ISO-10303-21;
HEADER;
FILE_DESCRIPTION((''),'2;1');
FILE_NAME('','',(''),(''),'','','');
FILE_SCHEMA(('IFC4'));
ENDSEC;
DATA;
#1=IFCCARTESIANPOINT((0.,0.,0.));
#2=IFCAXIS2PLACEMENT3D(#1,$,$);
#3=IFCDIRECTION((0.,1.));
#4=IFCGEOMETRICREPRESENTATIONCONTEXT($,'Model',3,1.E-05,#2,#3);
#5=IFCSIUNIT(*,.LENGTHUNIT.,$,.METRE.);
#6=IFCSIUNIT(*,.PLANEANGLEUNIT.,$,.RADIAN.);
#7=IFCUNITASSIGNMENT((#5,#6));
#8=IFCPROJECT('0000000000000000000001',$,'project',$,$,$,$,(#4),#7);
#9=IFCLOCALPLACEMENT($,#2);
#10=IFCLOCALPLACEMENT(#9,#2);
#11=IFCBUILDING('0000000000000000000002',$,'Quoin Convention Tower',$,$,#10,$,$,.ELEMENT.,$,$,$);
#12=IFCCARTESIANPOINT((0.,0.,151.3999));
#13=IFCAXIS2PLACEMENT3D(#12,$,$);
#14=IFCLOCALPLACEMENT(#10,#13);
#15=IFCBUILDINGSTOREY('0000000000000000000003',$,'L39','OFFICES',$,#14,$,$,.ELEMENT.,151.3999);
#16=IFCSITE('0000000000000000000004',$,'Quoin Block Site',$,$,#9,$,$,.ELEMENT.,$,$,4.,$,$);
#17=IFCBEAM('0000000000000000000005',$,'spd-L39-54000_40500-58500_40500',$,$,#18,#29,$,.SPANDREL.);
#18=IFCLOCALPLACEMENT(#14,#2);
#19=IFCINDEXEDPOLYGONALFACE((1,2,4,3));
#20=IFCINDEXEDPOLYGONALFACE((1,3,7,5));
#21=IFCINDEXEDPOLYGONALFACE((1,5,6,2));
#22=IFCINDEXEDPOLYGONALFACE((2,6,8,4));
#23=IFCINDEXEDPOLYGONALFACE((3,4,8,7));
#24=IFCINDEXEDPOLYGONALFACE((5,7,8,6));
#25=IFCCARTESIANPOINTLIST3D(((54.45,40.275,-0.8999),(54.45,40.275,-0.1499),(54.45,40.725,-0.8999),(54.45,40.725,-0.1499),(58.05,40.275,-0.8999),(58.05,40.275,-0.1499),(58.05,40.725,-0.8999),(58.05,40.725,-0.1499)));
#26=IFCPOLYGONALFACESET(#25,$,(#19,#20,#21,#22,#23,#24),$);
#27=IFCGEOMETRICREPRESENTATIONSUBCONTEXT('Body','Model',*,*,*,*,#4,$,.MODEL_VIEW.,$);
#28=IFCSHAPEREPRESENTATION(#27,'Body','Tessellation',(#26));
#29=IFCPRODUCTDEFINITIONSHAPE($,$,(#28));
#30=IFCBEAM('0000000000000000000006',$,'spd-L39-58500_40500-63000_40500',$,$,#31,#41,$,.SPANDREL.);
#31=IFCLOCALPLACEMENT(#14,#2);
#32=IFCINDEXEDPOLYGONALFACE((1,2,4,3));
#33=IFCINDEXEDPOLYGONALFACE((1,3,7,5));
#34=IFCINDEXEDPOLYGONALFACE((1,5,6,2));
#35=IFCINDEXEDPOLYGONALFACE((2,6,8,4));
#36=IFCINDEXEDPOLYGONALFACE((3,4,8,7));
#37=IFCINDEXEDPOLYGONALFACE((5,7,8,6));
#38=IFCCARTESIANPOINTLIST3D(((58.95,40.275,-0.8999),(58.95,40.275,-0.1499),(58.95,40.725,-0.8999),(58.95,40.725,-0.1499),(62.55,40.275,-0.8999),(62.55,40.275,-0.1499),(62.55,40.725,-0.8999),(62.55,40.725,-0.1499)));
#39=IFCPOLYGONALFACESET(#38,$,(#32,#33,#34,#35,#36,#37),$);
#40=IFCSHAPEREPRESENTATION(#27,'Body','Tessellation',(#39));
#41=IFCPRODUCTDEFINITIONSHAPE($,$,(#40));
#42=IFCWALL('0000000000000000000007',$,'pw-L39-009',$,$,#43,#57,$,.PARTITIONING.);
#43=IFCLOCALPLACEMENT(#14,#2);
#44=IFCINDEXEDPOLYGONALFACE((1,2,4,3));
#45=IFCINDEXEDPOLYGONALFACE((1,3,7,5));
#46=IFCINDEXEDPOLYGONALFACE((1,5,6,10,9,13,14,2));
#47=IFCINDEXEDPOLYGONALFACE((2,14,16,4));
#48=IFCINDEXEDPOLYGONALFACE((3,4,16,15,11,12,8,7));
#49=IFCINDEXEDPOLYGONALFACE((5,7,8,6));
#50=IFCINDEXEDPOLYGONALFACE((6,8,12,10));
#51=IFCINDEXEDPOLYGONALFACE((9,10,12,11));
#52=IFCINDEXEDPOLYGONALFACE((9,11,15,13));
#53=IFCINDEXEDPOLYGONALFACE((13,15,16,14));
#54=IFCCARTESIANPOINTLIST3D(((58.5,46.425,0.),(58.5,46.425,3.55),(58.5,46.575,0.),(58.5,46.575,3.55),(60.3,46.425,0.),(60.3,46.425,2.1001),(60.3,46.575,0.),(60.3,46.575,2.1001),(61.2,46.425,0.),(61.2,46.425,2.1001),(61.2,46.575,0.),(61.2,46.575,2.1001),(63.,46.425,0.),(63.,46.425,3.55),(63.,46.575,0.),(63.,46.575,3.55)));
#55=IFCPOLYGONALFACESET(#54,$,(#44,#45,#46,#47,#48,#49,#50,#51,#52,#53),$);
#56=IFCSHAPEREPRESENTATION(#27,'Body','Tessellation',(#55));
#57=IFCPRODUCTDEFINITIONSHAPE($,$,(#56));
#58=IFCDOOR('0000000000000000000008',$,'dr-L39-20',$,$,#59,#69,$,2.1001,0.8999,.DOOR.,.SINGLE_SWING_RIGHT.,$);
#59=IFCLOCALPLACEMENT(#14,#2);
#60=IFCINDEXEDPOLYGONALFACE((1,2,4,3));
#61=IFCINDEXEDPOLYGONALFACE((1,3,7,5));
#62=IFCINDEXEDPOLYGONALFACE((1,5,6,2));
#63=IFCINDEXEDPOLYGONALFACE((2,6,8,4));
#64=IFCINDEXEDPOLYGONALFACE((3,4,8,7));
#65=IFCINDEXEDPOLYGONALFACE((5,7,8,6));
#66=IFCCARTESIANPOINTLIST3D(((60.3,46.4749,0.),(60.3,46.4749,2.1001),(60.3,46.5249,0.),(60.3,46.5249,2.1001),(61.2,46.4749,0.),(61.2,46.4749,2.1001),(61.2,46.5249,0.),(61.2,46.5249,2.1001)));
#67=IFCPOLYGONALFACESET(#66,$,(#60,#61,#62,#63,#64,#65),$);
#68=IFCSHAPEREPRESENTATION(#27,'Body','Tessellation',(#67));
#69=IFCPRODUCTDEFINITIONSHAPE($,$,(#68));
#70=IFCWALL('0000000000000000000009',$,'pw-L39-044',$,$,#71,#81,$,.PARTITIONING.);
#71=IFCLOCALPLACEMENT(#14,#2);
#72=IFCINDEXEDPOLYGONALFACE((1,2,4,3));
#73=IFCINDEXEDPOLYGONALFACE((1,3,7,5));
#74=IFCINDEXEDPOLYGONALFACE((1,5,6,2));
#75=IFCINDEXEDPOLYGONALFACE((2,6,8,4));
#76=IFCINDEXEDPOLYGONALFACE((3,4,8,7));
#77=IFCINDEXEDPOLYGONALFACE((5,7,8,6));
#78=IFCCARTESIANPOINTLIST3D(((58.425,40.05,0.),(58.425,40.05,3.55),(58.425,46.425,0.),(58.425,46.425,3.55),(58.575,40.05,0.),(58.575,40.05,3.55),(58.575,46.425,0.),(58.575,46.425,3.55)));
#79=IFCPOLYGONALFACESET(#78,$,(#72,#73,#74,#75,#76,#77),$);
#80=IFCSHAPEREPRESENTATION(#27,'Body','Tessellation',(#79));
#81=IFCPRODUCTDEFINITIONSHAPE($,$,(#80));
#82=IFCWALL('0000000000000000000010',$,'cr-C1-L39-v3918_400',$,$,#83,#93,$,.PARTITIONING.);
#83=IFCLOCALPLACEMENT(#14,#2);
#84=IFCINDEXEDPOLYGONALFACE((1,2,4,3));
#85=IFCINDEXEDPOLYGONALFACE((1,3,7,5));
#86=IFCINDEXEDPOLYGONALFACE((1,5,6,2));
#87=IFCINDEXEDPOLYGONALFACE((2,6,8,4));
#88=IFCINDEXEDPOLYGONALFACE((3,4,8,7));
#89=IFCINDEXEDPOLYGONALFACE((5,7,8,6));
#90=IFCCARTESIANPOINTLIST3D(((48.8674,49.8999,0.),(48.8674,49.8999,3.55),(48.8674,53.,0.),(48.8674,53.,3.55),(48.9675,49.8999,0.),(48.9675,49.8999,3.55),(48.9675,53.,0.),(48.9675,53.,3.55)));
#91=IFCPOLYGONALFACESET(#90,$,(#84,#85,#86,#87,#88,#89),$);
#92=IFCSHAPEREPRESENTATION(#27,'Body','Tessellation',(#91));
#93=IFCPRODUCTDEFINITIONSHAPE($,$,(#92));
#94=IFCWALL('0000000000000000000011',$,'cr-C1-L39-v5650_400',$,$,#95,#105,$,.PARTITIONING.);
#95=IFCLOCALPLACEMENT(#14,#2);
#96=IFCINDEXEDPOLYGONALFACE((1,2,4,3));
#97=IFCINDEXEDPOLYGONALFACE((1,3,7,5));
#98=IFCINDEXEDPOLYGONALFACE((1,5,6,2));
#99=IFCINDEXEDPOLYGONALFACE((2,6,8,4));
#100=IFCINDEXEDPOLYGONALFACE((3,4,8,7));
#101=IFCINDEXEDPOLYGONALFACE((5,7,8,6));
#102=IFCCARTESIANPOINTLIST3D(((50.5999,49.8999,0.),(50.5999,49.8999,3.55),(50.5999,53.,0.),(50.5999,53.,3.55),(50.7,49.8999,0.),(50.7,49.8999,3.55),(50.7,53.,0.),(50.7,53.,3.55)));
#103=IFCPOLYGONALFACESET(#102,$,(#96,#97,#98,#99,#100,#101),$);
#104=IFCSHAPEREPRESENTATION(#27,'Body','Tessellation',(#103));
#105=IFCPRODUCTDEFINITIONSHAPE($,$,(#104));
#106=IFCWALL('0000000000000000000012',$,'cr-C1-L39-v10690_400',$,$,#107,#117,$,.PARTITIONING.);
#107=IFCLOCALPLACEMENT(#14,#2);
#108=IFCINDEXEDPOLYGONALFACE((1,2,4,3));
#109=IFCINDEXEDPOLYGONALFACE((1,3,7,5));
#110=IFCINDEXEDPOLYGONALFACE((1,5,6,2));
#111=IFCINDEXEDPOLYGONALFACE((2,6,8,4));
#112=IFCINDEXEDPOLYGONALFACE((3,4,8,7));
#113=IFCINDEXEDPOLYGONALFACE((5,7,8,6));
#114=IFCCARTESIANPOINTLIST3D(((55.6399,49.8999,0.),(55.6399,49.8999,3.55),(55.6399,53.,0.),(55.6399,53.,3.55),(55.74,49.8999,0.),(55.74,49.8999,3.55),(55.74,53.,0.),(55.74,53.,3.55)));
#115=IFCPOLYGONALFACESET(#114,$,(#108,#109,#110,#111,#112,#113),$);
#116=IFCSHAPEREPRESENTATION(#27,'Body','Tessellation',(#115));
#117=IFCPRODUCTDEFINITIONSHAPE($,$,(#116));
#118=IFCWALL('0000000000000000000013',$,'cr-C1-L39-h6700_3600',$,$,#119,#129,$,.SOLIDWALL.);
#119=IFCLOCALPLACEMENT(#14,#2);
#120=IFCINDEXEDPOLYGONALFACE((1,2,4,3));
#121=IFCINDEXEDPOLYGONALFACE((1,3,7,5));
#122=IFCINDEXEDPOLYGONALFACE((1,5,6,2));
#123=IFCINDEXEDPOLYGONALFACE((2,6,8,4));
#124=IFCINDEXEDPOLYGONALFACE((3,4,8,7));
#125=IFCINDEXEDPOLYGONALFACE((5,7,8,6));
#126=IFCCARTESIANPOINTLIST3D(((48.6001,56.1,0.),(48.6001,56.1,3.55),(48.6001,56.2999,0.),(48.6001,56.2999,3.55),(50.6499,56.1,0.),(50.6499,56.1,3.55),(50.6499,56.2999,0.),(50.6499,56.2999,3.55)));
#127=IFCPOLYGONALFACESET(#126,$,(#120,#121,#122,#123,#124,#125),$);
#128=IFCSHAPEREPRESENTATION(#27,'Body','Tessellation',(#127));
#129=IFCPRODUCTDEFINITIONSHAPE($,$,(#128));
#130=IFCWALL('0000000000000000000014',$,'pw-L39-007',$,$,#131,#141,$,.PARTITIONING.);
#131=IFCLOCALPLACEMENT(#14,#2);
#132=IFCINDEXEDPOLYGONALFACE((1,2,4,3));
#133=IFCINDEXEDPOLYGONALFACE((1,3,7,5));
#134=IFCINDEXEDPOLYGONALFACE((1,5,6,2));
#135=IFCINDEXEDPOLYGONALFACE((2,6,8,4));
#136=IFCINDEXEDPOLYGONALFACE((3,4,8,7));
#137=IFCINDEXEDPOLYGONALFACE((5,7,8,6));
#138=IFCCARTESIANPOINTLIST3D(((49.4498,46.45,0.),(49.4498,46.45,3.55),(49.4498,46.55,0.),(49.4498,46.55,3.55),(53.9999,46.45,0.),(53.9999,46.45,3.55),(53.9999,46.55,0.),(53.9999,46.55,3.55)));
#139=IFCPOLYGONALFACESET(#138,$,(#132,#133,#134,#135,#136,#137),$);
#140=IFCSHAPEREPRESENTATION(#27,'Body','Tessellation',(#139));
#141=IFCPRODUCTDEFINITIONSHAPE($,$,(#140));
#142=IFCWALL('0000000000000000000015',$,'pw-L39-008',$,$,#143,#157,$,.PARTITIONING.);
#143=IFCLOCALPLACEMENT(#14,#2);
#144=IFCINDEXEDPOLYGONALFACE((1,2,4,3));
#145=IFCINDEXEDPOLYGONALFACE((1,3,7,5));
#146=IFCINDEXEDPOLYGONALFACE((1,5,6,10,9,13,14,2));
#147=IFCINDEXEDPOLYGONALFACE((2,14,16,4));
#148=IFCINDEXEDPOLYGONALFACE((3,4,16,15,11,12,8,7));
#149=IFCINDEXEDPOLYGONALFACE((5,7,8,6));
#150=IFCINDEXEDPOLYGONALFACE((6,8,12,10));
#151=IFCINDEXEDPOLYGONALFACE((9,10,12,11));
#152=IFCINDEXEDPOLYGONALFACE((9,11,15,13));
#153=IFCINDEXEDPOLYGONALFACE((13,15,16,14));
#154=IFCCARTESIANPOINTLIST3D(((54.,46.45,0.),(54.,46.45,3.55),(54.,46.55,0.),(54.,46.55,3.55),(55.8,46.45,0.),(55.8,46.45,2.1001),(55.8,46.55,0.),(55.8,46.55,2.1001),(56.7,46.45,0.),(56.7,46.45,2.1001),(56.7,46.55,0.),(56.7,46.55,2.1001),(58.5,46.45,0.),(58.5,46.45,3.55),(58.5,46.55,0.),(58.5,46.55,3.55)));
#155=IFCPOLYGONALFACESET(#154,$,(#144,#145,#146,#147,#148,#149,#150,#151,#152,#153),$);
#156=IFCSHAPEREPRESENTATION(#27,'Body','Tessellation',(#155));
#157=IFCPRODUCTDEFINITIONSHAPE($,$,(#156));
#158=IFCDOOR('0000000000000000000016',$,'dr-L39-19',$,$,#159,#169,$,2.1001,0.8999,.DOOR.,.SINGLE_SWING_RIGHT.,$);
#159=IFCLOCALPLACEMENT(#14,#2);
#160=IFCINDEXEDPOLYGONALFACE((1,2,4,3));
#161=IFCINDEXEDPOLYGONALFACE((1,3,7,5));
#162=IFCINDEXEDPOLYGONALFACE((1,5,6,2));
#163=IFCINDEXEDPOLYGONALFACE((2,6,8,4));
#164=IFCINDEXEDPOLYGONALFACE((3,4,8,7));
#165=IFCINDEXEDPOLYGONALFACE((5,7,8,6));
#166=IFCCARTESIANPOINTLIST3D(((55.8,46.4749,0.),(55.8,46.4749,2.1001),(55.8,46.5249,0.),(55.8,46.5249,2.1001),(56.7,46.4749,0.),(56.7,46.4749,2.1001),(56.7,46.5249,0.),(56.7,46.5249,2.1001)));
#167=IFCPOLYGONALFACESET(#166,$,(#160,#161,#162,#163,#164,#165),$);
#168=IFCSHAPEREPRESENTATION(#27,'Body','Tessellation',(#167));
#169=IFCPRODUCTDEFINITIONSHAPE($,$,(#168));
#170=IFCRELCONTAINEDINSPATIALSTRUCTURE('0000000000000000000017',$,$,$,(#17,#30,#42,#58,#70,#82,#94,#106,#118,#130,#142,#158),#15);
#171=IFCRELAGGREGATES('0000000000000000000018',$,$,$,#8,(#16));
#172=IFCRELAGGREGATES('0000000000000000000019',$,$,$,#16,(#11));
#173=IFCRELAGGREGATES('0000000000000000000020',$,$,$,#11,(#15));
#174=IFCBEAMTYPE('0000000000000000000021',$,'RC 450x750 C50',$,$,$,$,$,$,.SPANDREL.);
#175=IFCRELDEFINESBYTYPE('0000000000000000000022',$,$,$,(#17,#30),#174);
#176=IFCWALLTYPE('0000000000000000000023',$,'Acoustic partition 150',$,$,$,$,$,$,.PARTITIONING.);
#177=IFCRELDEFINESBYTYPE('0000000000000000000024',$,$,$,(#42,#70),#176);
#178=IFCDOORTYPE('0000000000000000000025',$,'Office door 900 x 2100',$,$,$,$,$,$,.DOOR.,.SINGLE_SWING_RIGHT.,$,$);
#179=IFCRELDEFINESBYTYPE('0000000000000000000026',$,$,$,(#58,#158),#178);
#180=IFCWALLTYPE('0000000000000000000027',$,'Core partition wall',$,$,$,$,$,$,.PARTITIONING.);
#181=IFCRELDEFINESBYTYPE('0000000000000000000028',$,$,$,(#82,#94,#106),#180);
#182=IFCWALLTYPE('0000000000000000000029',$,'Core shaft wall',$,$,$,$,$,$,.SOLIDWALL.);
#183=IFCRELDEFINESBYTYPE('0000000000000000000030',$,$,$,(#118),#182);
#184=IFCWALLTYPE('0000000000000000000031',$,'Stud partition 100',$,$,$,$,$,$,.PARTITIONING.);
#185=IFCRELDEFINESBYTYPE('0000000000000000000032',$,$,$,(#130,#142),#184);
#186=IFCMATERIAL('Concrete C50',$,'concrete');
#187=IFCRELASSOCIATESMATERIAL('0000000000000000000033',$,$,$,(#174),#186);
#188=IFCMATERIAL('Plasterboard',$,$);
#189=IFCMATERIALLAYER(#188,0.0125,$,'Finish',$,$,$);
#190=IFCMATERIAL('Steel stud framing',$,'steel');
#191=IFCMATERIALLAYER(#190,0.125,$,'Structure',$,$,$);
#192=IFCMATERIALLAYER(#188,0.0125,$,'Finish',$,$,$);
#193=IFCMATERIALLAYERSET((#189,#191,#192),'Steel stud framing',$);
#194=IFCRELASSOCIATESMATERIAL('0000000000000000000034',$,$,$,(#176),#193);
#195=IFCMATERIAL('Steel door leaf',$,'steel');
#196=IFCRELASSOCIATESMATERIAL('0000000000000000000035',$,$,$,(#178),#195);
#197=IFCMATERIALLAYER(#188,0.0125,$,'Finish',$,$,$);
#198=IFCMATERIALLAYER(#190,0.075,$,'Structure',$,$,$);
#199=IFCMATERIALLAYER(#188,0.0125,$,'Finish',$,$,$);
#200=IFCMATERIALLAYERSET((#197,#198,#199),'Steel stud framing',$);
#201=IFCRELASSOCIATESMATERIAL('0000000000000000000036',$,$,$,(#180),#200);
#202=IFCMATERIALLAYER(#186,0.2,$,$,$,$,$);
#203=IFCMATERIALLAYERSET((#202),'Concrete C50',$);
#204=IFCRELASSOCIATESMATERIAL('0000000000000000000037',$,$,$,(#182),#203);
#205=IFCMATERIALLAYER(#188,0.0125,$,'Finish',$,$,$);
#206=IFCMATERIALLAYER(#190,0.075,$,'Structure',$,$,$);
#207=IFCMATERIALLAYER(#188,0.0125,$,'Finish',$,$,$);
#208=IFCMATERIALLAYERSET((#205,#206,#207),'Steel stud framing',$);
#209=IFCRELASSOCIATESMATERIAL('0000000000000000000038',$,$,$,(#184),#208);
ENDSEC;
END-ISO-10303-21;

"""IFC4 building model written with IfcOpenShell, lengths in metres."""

from ifc_helpers import new_model, si_unit, direction, frame, frame_2d, origin, origin_2d, place, context, subcontext, project, spatial, rectangle, extrude, material, layer, layer_set, material_profile, profile_set, type_object, element, fill, save


model = new_model("IFC4")

# Units and contexts
model_context = context("Model", 3, precision=1e-05, world=origin(), true_north=direction((0.0, 1.0)))
body_context = subcontext(model_context, "Body", "Model", "MODEL_VIEW")
ifc_project = project(units=[si_unit("LENGTHUNIT", "METRE"), si_unit("PLANEANGLEUNIT", "RADIAN")], contexts=[model_context])

# Site, building, storey
site_placement = place(None, origin())
site = spatial("IfcSite", under=ifc_project, at=site_placement, Name="Quoin Block Site", CompositionType="ELEMENT", RefElevation=4.0)
building_placement = place(site_placement, origin())
building = spatial("IfcBuilding", under=site, at=building_placement, Name="Quoin Convention Tower", CompositionType="ELEMENT")
storey_placement = place(building_placement, frame((0.0, 0.0, 151.3999)))
storey = spatial("IfcBuildingStorey", under=building, at=storey_placement, Name="L39", Description="OFFICES", CompositionType="ELEMENT", Elevation=151.3999)

# Shared definitions
ifc_material_1 = material(Name="Concrete C50", Category="concrete")

# Beams
ifc_material_profile_1 = material_profile(ifc_material_1, rectangle(XDim=0.45, YDim=0.75, at=origin_2d()), Name="RC 450x750")
ifc_profile_set_1 = profile_set([ifc_material_profile_1], Name="Concrete C50")
beam_type_1 = type_object("IfcBeamType", Name="RC 450x750 C50", PredefinedType="SPANDREL", material=ifc_profile_set_1)
for number, where, z_axis, x_axis, name in (
    (1, (54.45, 40.5, -0.5249), (1.0, 0.0, 0.0), (0.0, 1.0, 0.0), "spd-L39-54000_40500-58500_40500"),
    (2, (58.95, 40.5, -0.5249), (1.0, 0.0, 0.0), (0.0, 1.0, 0.0), "spd-L39-58500_40500-63000_40500"),
):
    element("IfcBeam", number, at=place(storey_placement, frame(where, z_axis=z_axis, x_axis=x_axis)), inside=storey, type_object=beam_type_1, Name=name, PredefinedType="SPANDREL", context=body_context, shape_type="SweptSolid", body=[
        extrude(rectangle(XDim=0.45, YDim=0.75, at=origin_2d()), origin(), (0.0, 0.0, 1.0), 3.6001),
    ])

# Wall, opening, door
ifc_material_2 = material(Name="Plasterboard")
ifc_layer_1 = layer(ifc_material_2, 0.0125, Name="Finish")
ifc_material_3 = material(Name="Steel stud framing", Category="steel")
ifc_layer_2 = layer(ifc_material_3, 0.125, Name="Structure")
ifc_layer_3 = layer(ifc_material_2, 0.0125, Name="Finish")
ifc_layer_set_1 = layer_set([ifc_layer_1, ifc_layer_2, ifc_layer_3], Name="Steel stud framing")
wall_type_1 = type_object("IfcWallType", Name="Acoustic partition 150", PredefinedType="PARTITIONING", material=ifc_layer_set_1)
wall_1_placement = place(storey_placement, frame((58.5, 46.5, 0.0), z_axis=(0.0, 0.0, 1.0), x_axis=(1.0, 0.0, 0.0)))
wall_1 = element("IfcWall", 3, at=wall_1_placement, inside=storey, type_object=wall_type_1, Name="pw-L39-009", PredefinedType="PARTITIONING", context=body_context, shape_type="SweptSolid", body=[
    extrude(rectangle(XDim=4.5, YDim=0.1499, at=frame_2d((2.25, 0.0))), origin(), (0.0, 0.0, 1.0), 3.55),
])
opening_1_placement = place(wall_1_placement, frame((1.8, 0.0, 0.0)))
opening_1 = element("IfcOpeningElement", 4, at=opening_1_placement, cuts=wall_1, PredefinedType="OPENING", context=body_context, shape_type="SweptSolid", body=[
    extrude(rectangle(XDim=0.8999, YDim=2.1001, at=frame_2d((0.45, 1.05))), frame((0.0, 0.085, 0.0), z_axis=(0.0, -1.0, 0.0), x_axis=(1.0, 0.0, 0.0)), (0.0, 0.0, 1.0), 0.1699),
])
ifc_material_4 = material(Name="Steel door leaf", Category="steel")
door_type = type_object("IfcDoorType", Name="Office door 900 x 2100", OperationType="SINGLE_SWING_RIGHT", PredefinedType="DOOR", material=ifc_material_4)
door_1_placement = place(opening_1_placement, origin())
door_1 = element("IfcDoor", 5, at=door_1_placement, inside=storey, type_object=door_type, Name="dr-L39-20", OperationType="SINGLE_SWING_RIGHT", OverallHeight=2.1001, OverallWidth=0.8999, PredefinedType="DOOR", context=body_context, shape_type="SweptSolid", body=[
    extrude(rectangle(XDim=0.8999, YDim=2.1001, at=frame_2d((0.45, 1.05))), frame((0.0, 0.0249, 0.0), z_axis=(0.0, -1.0, 0.0), x_axis=(1.0, 0.0, 0.0)), (0.0, 0.0, 1.0), 0.05),
])
fill(opening_1, door_1)

# Walls
wall_2_placement = place(storey_placement, frame((58.5, 40.05, 0.0), z_axis=(0.0, 0.0, 1.0), x_axis=(0.0, 1.0, 0.0)))
element("IfcWall", 6, at=wall_2_placement, inside=storey, type_object=wall_type_1, Name="pw-L39-044", PredefinedType="PARTITIONING", context=body_context, shape_type="SweptSolid", body=[
    extrude(rectangle(XDim=6.375, YDim=0.1499, at=frame_2d((3.1875, 0.0))), origin(), (0.0, 0.0, 1.0), 3.55),
])
ifc_layer_4 = layer(ifc_material_2, 0.0125, Name="Finish")
ifc_layer_5 = layer(ifc_material_3, 0.075, Name="Structure")
ifc_layer_6 = layer(ifc_material_2, 0.0125, Name="Finish")
ifc_layer_set_2 = layer_set([ifc_layer_4, ifc_layer_5, ifc_layer_6], Name="Steel stud framing")
wall_type_2 = type_object("IfcWallType", Name="Core partition wall", PredefinedType="PARTITIONING", material=ifc_layer_set_2)
for number, where, z_axis, x_axis, name in (
    (7, (48.9175, 49.8999, 0.0), (0.0, 0.0, 1.0), (0.0, 1.0, 0.0), "cr-C1-L39-v3918_400"),
    (8, (50.6499, 49.8999, 0.0), (0.0, 0.0, 1.0), (0.0, 1.0, 0.0), "cr-C1-L39-v5650_400"),
    (9, (55.6899, 49.8999, 0.0), (0.0, 0.0, 1.0), (0.0, 1.0, 0.0), "cr-C1-L39-v10690_400"),
):
    element("IfcWall", number, at=place(storey_placement, frame(where, z_axis=z_axis, x_axis=x_axis)), inside=storey, type_object=wall_type_2, Name=name, PredefinedType="PARTITIONING", context=body_context, shape_type="SweptSolid", body=[
        extrude(rectangle(XDim=3.1001, YDim=0.1001, at=frame_2d((1.55, 0.0))), origin(), (0.0, 0.0, 1.0), 3.55),
    ])
ifc_layer_7 = layer(ifc_material_1, 0.2)
ifc_layer_set_3 = layer_set([ifc_layer_7], Name="Concrete C50")
wall_type_3 = type_object("IfcWallType", Name="Core shaft wall", PredefinedType="SOLIDWALL", material=ifc_layer_set_3)
wall_3_placement = place(storey_placement, frame((48.6001, 56.2, 0.0), z_axis=(0.0, 0.0, 1.0), x_axis=(1.0, 0.0, 0.0)))
element("IfcWall", 10, at=wall_3_placement, inside=storey, type_object=wall_type_3, Name="cr-C1-L39-h6700_3600", PredefinedType="SOLIDWALL", context=body_context, shape_type="SweptSolid", body=[
    extrude(rectangle(XDim=2.0498, YDim=0.2, at=frame_2d((1.0249, 0.0))), origin(), (0.0, 0.0, 1.0), 3.55),
])
ifc_layer_8 = layer(ifc_material_2, 0.0125, Name="Finish")
ifc_layer_9 = layer(ifc_material_3, 0.075, Name="Structure")
ifc_layer_10 = layer(ifc_material_2, 0.0125, Name="Finish")
ifc_layer_set_4 = layer_set([ifc_layer_8, ifc_layer_9, ifc_layer_10], Name="Steel stud framing")
wall_type_4 = type_object("IfcWallType", Name="Stud partition 100", PredefinedType="PARTITIONING", material=ifc_layer_set_4)
wall_4_placement = place(storey_placement, frame((49.45, 46.5, 0.0), z_axis=(0.0, 0.0, 1.0), x_axis=(1.0, 0.0, 0.0)))
element("IfcWall", 11, at=wall_4_placement, inside=storey, type_object=wall_type_4, Name="pw-L39-007", PredefinedType="PARTITIONING", context=body_context, shape_type="SweptSolid", body=[
    extrude(rectangle(XDim=4.55, YDim=0.1001, at=frame_2d((2.2749, 0.0))), origin(), (0.0, 0.0, 1.0), 3.55),
])

# Wall, opening, door
wall_5_placement = place(storey_placement, frame((54.0, 46.5, 0.0), z_axis=(0.0, 0.0, 1.0), x_axis=(1.0, 0.0, 0.0)))
wall_5 = element("IfcWall", 12, at=wall_5_placement, inside=storey, type_object=wall_type_4, Name="pw-L39-008", PredefinedType="PARTITIONING", context=body_context, shape_type="SweptSolid", body=[
    extrude(rectangle(XDim=4.5, YDim=0.1001, at=frame_2d((2.25, 0.0))), origin(), (0.0, 0.0, 1.0), 3.55),
])
opening_2_placement = place(wall_5_placement, frame((1.8, 0.0, 0.0)))
opening_2 = element("IfcOpeningElement", 13, at=opening_2_placement, cuts=wall_5, PredefinedType="OPENING", context=body_context, shape_type="SweptSolid", body=[
    extrude(rectangle(XDim=0.8999, YDim=2.1001, at=frame_2d((0.45, 1.05))), frame((0.0, 0.0601, 0.0), z_axis=(0.0, -1.0, 0.0), x_axis=(1.0, 0.0, 0.0)), (0.0, 0.0, 1.0), 0.1201),
])
door_2_placement = place(opening_2_placement, origin())
door_2 = element("IfcDoor", 14, at=door_2_placement, inside=storey, type_object=door_type, Name="dr-L39-19", OperationType="SINGLE_SWING_RIGHT", OverallHeight=2.1001, OverallWidth=0.8999, PredefinedType="DOOR", context=body_context, shape_type="SweptSolid", body=[
    extrude(rectangle(XDim=0.8999, YDim=2.1001, at=frame_2d((0.45, 1.05))), frame((0.0, 0.0249, 0.0), z_axis=(0.0, -1.0, 0.0), x_axis=(1.0, 0.0, 0.0)), (0.0, 0.0, 1.0), 0.05),
])
fill(opening_2, door_2)

save(model, "model.ifc")
